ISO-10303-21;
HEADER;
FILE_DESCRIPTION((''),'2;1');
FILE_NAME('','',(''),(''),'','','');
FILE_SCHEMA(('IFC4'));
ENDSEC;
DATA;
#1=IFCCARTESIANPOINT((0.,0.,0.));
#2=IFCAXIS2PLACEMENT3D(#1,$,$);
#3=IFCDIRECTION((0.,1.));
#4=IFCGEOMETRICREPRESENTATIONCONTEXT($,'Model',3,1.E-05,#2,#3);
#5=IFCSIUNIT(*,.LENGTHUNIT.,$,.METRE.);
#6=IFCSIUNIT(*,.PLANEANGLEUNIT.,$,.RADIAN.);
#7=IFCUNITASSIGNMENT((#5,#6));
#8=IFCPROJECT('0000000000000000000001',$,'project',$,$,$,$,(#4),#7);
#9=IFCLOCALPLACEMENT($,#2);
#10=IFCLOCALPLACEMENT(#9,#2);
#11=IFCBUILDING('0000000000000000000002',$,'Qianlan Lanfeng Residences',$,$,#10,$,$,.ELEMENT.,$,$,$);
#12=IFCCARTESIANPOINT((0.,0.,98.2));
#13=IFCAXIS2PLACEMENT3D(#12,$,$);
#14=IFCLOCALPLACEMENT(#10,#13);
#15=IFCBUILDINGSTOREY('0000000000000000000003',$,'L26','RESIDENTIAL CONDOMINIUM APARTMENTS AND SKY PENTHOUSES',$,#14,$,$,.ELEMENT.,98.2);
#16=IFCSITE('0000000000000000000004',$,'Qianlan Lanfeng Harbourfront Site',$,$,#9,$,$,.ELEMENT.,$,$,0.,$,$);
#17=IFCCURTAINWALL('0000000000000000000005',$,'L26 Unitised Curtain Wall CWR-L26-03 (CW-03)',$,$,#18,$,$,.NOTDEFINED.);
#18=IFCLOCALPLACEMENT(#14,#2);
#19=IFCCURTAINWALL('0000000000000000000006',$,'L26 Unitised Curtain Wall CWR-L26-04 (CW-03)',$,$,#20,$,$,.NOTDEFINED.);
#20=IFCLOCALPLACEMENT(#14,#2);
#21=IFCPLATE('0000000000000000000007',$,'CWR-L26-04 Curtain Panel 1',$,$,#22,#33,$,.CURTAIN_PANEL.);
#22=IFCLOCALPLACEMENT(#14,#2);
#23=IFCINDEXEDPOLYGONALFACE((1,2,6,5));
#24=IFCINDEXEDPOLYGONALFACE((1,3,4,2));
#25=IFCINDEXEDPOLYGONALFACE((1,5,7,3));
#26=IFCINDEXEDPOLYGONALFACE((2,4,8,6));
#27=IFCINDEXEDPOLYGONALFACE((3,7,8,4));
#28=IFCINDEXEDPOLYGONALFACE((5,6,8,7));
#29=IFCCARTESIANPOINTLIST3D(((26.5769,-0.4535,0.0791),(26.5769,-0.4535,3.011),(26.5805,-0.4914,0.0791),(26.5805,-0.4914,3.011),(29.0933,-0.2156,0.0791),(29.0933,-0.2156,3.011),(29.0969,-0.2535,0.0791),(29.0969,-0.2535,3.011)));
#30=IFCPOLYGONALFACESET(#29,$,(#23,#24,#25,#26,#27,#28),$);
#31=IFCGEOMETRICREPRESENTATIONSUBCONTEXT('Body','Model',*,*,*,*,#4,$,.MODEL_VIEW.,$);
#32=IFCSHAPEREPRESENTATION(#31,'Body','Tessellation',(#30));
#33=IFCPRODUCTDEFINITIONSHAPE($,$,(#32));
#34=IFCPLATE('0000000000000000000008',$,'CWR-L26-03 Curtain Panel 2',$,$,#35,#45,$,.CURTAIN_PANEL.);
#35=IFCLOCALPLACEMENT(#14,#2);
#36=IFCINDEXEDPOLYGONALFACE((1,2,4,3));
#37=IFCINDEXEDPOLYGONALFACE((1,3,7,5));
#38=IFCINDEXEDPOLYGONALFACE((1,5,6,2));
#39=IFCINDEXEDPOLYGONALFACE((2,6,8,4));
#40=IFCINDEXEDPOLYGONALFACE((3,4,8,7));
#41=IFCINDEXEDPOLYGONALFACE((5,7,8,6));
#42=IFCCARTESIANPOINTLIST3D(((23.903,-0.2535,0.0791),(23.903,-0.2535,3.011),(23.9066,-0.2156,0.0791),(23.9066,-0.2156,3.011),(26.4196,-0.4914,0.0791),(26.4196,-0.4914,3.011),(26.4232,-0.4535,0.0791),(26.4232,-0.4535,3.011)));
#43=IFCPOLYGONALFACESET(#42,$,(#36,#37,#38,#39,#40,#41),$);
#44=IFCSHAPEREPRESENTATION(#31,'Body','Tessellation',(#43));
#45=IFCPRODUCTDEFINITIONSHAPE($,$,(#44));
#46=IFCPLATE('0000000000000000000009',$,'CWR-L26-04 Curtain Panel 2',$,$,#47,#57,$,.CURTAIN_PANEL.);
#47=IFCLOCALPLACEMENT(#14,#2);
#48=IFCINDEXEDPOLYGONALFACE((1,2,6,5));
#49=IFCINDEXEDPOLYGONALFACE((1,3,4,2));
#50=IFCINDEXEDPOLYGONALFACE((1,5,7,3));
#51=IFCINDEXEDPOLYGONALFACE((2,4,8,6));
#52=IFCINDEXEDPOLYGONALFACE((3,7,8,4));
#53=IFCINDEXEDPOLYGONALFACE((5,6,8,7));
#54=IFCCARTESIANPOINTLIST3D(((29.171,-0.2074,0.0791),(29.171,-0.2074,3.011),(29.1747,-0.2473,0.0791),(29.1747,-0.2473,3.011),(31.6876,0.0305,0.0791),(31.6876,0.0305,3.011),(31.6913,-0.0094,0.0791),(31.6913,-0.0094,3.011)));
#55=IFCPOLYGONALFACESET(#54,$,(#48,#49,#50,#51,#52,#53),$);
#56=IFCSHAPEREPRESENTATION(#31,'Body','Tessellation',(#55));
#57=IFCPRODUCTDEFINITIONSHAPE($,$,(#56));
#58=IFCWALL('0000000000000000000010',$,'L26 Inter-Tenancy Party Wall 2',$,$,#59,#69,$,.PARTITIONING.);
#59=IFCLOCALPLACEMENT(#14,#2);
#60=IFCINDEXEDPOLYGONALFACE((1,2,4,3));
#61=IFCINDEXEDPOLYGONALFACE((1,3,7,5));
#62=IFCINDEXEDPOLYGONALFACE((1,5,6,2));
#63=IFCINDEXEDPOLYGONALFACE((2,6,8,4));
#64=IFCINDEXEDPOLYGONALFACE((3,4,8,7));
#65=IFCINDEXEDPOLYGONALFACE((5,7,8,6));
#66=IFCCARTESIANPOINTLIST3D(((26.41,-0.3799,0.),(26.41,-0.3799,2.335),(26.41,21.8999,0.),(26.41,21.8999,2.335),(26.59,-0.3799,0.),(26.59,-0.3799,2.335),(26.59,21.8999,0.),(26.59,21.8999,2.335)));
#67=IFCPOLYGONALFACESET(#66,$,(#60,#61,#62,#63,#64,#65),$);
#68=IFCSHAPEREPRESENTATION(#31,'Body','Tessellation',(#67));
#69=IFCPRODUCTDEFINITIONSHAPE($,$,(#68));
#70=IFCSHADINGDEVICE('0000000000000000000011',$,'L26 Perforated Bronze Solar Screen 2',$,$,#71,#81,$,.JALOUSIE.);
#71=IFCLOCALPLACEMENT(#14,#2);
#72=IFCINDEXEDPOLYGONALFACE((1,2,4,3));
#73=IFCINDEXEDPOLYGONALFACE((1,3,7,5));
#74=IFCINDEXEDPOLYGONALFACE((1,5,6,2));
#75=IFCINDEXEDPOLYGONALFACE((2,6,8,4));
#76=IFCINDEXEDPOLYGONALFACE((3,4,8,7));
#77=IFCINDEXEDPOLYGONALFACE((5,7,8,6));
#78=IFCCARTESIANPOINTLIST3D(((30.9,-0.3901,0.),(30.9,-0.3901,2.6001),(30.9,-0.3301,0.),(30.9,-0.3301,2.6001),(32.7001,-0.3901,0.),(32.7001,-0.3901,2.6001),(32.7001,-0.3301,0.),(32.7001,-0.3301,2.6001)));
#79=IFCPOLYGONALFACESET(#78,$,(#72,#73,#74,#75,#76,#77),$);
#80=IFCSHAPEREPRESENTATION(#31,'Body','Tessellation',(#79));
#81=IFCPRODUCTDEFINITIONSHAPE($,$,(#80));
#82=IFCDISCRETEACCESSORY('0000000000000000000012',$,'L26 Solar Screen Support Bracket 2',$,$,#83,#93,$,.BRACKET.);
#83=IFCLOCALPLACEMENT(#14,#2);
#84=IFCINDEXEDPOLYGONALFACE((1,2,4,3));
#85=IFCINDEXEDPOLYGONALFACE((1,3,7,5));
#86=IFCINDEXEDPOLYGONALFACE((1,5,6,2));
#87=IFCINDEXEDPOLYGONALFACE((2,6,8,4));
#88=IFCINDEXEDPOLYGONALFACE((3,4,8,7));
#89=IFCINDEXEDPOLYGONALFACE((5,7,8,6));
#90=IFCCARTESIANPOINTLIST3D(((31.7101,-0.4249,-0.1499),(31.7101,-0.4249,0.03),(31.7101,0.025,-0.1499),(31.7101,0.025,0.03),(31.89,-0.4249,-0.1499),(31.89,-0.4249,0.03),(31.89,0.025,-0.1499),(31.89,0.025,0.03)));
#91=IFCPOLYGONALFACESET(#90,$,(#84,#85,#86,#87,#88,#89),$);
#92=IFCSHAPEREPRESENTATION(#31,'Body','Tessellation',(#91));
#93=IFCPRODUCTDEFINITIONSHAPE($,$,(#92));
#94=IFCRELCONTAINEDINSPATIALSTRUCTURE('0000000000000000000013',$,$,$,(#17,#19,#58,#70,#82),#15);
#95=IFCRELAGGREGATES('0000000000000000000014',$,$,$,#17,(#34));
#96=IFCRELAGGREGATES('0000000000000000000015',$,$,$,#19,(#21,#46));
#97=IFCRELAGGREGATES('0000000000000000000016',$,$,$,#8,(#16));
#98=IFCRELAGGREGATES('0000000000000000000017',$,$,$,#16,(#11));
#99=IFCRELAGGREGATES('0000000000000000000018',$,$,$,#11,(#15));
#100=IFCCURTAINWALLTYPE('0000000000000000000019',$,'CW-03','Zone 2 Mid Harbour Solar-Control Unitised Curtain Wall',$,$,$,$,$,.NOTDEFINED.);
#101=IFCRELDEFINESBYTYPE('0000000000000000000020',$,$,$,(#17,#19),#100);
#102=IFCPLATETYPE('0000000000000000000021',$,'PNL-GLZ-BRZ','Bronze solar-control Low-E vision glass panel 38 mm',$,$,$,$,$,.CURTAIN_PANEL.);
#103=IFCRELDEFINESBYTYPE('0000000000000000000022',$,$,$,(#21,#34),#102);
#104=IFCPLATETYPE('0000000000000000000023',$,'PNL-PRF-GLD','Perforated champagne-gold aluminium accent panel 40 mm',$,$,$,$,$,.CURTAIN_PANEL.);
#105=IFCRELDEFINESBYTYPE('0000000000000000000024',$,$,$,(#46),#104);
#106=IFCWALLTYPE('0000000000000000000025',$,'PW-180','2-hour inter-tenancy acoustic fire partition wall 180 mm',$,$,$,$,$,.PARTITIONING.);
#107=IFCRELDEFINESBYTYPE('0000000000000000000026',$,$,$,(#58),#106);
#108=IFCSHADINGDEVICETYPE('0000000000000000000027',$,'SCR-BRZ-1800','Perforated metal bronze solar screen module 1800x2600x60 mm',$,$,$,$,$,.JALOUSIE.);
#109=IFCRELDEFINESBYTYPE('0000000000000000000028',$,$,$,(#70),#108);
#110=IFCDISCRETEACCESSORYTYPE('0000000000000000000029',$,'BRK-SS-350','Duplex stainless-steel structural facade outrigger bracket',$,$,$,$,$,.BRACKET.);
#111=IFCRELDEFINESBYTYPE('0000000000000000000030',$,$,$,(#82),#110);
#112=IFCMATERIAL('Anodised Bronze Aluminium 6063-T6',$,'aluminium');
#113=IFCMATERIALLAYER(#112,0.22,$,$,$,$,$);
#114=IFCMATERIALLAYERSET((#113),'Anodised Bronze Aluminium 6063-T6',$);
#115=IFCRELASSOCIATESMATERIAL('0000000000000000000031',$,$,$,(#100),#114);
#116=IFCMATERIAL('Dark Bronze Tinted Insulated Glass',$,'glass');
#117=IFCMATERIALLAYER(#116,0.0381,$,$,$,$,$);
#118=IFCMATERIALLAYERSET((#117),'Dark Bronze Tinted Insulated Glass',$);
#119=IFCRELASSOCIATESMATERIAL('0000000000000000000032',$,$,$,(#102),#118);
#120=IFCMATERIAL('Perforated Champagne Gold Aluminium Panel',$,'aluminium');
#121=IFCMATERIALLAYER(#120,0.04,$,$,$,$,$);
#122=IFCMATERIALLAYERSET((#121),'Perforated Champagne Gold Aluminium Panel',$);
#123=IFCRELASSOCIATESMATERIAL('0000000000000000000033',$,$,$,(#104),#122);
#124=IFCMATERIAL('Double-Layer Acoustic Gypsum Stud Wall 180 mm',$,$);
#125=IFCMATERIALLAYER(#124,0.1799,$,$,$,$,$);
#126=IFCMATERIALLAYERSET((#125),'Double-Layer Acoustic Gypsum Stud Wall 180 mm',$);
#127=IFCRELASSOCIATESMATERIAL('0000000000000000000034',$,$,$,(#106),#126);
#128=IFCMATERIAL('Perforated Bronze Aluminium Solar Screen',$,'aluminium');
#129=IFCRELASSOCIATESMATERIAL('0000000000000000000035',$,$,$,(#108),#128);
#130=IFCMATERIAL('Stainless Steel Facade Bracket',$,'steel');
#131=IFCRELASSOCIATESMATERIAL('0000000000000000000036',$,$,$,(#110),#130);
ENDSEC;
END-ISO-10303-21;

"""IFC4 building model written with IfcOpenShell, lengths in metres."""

from ifc_helpers import new_model, si_unit, direction, frame, frame_2d, origin, origin_2d, place, context, subcontext, project, spatial, rectangle, extrude, source, transform, mapped, material, layer, layer_set, type_object, element, aggregate, save


model = new_model("IFC4")

# Units and contexts
model_context = context("Model", 3, precision=1e-05, world=origin(), true_north=direction((0.0, 1.0)))
body_context = subcontext(model_context, "Body", "Model", "MODEL_VIEW")
ifc_project = project(units=[si_unit("LENGTHUNIT", "METRE"), si_unit("PLANEANGLEUNIT", "RADIAN")], contexts=[model_context])

# Site, building, storey
site_placement = place(None, origin())
site = spatial("IfcSite", under=ifc_project, at=site_placement, Name="Qianlan Lanfeng Harbourfront Site", CompositionType="ELEMENT", RefElevation=0.0)
building_placement = place(site_placement, origin())
building = spatial("IfcBuilding", under=site, at=building_placement, Name="Qianlan Lanfeng Residences", CompositionType="ELEMENT")
storey_placement = place(building_placement, frame((0.0, 0.0, 98.2)))
storey = spatial("IfcBuildingStorey", under=building, at=storey_placement, Name="L26", Description="RESIDENTIAL CONDOMINIUM APARTMENTS AND SKY PENTHOUSES", CompositionType="ELEMENT", Elevation=98.2)

# Curtain walls
ifc_material_1 = material(Name="Anodised Bronze Aluminium 6063-T6", Category="aluminium")
ifc_layer_1 = layer(ifc_material_1, 0.22)
ifc_layer_set_1 = layer_set([ifc_layer_1], Name="Anodised Bronze Aluminium 6063-T6")
curtain_wall_type = type_object("IfcCurtainWallType", Name="CW-03", Description="Zone 2 Mid Harbour Solar-Control Unitised Curtain Wall", PredefinedType="NOTDEFINED", material=ifc_layer_set_1)
curtain_wall_1_placement = place(storey_placement, origin())
curtain_wall_1 = element("IfcCurtainWall", 1, at=curtain_wall_1_placement, inside=storey, type_object=curtain_wall_type, Name="L26 Unitised Curtain Wall CWR-L26-03 (CW-03)", PredefinedType="NOTDEFINED")
curtain_wall_2_placement = place(storey_placement, origin())
curtain_wall_2 = element("IfcCurtainWall", 2, at=curtain_wall_2_placement, inside=storey, type_object=curtain_wall_type, Name="L26 Unitised Curtain Wall CWR-L26-04 (CW-03)", PredefinedType="NOTDEFINED")

# Plates
ifc_material_2 = material(Name="Dark Bronze Tinted Insulated Glass", Category="glass")
ifc_layer_2 = layer(ifc_material_2, 0.0381)
ifc_layer_set_2 = layer_set([ifc_layer_2], Name="Dark Bronze Tinted Insulated Glass")
plate_type_1 = type_object("IfcPlateType", Name="PNL-GLZ-BRZ", Description="Bronze solar-control Low-E vision glass panel 38 mm", PredefinedType="CURTAIN_PANEL", material=ifc_layer_set_2)
shared_shape_1 = source(origin(), body_context, "Body", "SweptSolid", [
    extrude(rectangle(XDim=2.5276, YDim=0.0381, at=origin_2d()), origin(), (0.0, 0.0, 1.0), 2.9319),
])
plate_1_placement = place(storey_placement, frame((27.8369, -0.3535, 0.0791), z_axis=(0.0, 0.0, 1.0), x_axis=(0.995561, 0.094114, 0.0)))
plate_1 = element("IfcPlate", 3, at=plate_1_placement, type_object=plate_type_1, Name="CWR-L26-04 Curtain Panel 1", PredefinedType="CURTAIN_PANEL", context=body_context, shape_type="MappedRepresentation", body=[
    mapped(shared_shape_1, transform((0.0, 0.0, 0.0), scale=1.0)),
])
shared_shape_2 = source(origin(), body_context, "Body", "SweptSolid", [
    extrude(rectangle(XDim=2.5278, YDim=0.0381, at=origin_2d()), origin(), (0.0, 0.0, 1.0), 2.9319),
])
plate_2_placement = place(storey_placement, frame((25.1631, -0.3535, 0.0791), z_axis=(0.0, 0.0, 1.0), x_axis=(0.995561, -0.094114, 0.0)))
plate_2 = element("IfcPlate", 4, at=plate_2_placement, type_object=plate_type_1, Name="CWR-L26-03 Curtain Panel 2", PredefinedType="CURTAIN_PANEL", context=body_context, shape_type="MappedRepresentation", body=[
    mapped(shared_shape_2, transform((0.0, 0.0, 0.0), scale=1.0)),
])
aggregate(curtain_wall_1, [plate_2])
ifc_material_3 = material(Name="Perforated Champagne Gold Aluminium Panel", Category="aluminium")
ifc_layer_3 = layer(ifc_material_3, 0.04)
ifc_layer_set_3 = layer_set([ifc_layer_3], Name="Perforated Champagne Gold Aluminium Panel")
plate_type_2 = type_object("IfcPlateType", Name="PNL-PRF-GLD", Description="Perforated champagne-gold aluminium accent panel 40 mm", PredefinedType="CURTAIN_PANEL", material=ifc_layer_set_3)
shared_shape_3 = source(origin(), body_context, "Body", "SweptSolid", [
    extrude(rectangle(XDim=2.5278, YDim=0.04, at=origin_2d()), origin(), (0.0, 0.0, 1.0), 2.9319),
])
plate_3_placement = place(storey_placement, frame((30.4312, -0.1084, 0.0791), z_axis=(0.0, 0.0, 1.0), x_axis=(0.995561, 0.094114, 0.0)))
plate_3 = element("IfcPlate", 5, at=plate_3_placement, type_object=plate_type_2, Name="CWR-L26-04 Curtain Panel 2", PredefinedType="CURTAIN_PANEL", context=body_context, shape_type="MappedRepresentation", body=[
    mapped(shared_shape_3, transform((0.0, 0.0, 0.0), scale=1.0)),
])
aggregate(curtain_wall_2, [plate_1, plate_3])

# Wall
ifc_material_4 = material(Name="Double-Layer Acoustic Gypsum Stud Wall 180 mm")
ifc_layer_4 = layer(ifc_material_4, 0.1799)
ifc_layer_set_4 = layer_set([ifc_layer_4], Name="Double-Layer Acoustic Gypsum Stud Wall 180 mm")
wall_type = type_object("IfcWallType", Name="PW-180", Description="2-hour inter-tenancy acoustic fire partition wall 180 mm", PredefinedType="PARTITIONING", material=ifc_layer_set_4)
wall_placement = place(storey_placement, frame((26.5, -0.3799, 0.0), z_axis=(0.0, 0.0, 1.0), x_axis=(0.0, 1.0, 0.0)))
element("IfcWall", 6, at=wall_placement, inside=storey, type_object=wall_type, Name="L26 Inter-Tenancy Party Wall 2", PredefinedType="PARTITIONING", context=body_context, shape_type="SweptSolid", body=[
    extrude(rectangle(XDim=22.2798, YDim=0.1799, at=frame_2d((11.1399, 0.0))), origin(), (0.0, 0.0, 1.0), 2.335),
])

# Shading device
ifc_material_5 = material(Name="Perforated Bronze Aluminium Solar Screen", Category="aluminium")
shading_device_type = type_object("IfcShadingDeviceType", Name="SCR-BRZ-1800", Description="Perforated metal bronze solar screen module 1800x2600x60 mm", PredefinedType="JALOUSIE", material=ifc_material_5)
shared_shape_4 = source(origin(), body_context, "Body", "SweptSolid", [
    extrude(rectangle(XDim=1.8, YDim=0.0601, at=origin_2d()), origin(), (0.0, 0.0, 1.0), 2.6001),
])
shading_device_placement = place(storey_placement, frame((31.8, -0.3601, 0.0), z_axis=(0.0, 0.0, 1.0), x_axis=(1.0, 0.0, 0.0)))
element("IfcShadingDevice", 7, at=shading_device_placement, inside=storey, type_object=shading_device_type, Name="L26 Perforated Bronze Solar Screen 2", PredefinedType="JALOUSIE", context=body_context, shape_type="MappedRepresentation", body=[
    mapped(shared_shape_4, transform((0.0, 0.0, 0.0), scale=1.0)),
])

# Discrete accessory
ifc_material_6 = material(Name="Stainless Steel Facade Bracket", Category="steel")
discrete_accessory_type = type_object("IfcDiscreteAccessoryType", Name="BRK-SS-350", Description="Duplex stainless-steel structural facade outrigger bracket", PredefinedType="BRACKET", material=ifc_material_6)
shared_shape_5 = source(origin(), body_context, "Body", "SweptSolid", [
    extrude(rectangle(XDim=0.1799, YDim=0.45, at=origin_2d()), origin(), (0.0, 0.0, 1.0), 0.1799),
])
discrete_accessory_placement = place(storey_placement, frame((31.8, -0.2, -0.1499), z_axis=(0.0, 0.0, 1.0), x_axis=(1.0, 0.0, 0.0)))
element("IfcDiscreteAccessory", 8, at=discrete_accessory_placement, inside=storey, type_object=discrete_accessory_type, Name="L26 Solar Screen Support Bracket 2", PredefinedType="BRACKET", context=body_context, shape_type="MappedRepresentation", body=[
    mapped(shared_shape_5, transform((0.0, 0.0, 0.0), scale=1.0)),
])

save(model, "model.ifc")
